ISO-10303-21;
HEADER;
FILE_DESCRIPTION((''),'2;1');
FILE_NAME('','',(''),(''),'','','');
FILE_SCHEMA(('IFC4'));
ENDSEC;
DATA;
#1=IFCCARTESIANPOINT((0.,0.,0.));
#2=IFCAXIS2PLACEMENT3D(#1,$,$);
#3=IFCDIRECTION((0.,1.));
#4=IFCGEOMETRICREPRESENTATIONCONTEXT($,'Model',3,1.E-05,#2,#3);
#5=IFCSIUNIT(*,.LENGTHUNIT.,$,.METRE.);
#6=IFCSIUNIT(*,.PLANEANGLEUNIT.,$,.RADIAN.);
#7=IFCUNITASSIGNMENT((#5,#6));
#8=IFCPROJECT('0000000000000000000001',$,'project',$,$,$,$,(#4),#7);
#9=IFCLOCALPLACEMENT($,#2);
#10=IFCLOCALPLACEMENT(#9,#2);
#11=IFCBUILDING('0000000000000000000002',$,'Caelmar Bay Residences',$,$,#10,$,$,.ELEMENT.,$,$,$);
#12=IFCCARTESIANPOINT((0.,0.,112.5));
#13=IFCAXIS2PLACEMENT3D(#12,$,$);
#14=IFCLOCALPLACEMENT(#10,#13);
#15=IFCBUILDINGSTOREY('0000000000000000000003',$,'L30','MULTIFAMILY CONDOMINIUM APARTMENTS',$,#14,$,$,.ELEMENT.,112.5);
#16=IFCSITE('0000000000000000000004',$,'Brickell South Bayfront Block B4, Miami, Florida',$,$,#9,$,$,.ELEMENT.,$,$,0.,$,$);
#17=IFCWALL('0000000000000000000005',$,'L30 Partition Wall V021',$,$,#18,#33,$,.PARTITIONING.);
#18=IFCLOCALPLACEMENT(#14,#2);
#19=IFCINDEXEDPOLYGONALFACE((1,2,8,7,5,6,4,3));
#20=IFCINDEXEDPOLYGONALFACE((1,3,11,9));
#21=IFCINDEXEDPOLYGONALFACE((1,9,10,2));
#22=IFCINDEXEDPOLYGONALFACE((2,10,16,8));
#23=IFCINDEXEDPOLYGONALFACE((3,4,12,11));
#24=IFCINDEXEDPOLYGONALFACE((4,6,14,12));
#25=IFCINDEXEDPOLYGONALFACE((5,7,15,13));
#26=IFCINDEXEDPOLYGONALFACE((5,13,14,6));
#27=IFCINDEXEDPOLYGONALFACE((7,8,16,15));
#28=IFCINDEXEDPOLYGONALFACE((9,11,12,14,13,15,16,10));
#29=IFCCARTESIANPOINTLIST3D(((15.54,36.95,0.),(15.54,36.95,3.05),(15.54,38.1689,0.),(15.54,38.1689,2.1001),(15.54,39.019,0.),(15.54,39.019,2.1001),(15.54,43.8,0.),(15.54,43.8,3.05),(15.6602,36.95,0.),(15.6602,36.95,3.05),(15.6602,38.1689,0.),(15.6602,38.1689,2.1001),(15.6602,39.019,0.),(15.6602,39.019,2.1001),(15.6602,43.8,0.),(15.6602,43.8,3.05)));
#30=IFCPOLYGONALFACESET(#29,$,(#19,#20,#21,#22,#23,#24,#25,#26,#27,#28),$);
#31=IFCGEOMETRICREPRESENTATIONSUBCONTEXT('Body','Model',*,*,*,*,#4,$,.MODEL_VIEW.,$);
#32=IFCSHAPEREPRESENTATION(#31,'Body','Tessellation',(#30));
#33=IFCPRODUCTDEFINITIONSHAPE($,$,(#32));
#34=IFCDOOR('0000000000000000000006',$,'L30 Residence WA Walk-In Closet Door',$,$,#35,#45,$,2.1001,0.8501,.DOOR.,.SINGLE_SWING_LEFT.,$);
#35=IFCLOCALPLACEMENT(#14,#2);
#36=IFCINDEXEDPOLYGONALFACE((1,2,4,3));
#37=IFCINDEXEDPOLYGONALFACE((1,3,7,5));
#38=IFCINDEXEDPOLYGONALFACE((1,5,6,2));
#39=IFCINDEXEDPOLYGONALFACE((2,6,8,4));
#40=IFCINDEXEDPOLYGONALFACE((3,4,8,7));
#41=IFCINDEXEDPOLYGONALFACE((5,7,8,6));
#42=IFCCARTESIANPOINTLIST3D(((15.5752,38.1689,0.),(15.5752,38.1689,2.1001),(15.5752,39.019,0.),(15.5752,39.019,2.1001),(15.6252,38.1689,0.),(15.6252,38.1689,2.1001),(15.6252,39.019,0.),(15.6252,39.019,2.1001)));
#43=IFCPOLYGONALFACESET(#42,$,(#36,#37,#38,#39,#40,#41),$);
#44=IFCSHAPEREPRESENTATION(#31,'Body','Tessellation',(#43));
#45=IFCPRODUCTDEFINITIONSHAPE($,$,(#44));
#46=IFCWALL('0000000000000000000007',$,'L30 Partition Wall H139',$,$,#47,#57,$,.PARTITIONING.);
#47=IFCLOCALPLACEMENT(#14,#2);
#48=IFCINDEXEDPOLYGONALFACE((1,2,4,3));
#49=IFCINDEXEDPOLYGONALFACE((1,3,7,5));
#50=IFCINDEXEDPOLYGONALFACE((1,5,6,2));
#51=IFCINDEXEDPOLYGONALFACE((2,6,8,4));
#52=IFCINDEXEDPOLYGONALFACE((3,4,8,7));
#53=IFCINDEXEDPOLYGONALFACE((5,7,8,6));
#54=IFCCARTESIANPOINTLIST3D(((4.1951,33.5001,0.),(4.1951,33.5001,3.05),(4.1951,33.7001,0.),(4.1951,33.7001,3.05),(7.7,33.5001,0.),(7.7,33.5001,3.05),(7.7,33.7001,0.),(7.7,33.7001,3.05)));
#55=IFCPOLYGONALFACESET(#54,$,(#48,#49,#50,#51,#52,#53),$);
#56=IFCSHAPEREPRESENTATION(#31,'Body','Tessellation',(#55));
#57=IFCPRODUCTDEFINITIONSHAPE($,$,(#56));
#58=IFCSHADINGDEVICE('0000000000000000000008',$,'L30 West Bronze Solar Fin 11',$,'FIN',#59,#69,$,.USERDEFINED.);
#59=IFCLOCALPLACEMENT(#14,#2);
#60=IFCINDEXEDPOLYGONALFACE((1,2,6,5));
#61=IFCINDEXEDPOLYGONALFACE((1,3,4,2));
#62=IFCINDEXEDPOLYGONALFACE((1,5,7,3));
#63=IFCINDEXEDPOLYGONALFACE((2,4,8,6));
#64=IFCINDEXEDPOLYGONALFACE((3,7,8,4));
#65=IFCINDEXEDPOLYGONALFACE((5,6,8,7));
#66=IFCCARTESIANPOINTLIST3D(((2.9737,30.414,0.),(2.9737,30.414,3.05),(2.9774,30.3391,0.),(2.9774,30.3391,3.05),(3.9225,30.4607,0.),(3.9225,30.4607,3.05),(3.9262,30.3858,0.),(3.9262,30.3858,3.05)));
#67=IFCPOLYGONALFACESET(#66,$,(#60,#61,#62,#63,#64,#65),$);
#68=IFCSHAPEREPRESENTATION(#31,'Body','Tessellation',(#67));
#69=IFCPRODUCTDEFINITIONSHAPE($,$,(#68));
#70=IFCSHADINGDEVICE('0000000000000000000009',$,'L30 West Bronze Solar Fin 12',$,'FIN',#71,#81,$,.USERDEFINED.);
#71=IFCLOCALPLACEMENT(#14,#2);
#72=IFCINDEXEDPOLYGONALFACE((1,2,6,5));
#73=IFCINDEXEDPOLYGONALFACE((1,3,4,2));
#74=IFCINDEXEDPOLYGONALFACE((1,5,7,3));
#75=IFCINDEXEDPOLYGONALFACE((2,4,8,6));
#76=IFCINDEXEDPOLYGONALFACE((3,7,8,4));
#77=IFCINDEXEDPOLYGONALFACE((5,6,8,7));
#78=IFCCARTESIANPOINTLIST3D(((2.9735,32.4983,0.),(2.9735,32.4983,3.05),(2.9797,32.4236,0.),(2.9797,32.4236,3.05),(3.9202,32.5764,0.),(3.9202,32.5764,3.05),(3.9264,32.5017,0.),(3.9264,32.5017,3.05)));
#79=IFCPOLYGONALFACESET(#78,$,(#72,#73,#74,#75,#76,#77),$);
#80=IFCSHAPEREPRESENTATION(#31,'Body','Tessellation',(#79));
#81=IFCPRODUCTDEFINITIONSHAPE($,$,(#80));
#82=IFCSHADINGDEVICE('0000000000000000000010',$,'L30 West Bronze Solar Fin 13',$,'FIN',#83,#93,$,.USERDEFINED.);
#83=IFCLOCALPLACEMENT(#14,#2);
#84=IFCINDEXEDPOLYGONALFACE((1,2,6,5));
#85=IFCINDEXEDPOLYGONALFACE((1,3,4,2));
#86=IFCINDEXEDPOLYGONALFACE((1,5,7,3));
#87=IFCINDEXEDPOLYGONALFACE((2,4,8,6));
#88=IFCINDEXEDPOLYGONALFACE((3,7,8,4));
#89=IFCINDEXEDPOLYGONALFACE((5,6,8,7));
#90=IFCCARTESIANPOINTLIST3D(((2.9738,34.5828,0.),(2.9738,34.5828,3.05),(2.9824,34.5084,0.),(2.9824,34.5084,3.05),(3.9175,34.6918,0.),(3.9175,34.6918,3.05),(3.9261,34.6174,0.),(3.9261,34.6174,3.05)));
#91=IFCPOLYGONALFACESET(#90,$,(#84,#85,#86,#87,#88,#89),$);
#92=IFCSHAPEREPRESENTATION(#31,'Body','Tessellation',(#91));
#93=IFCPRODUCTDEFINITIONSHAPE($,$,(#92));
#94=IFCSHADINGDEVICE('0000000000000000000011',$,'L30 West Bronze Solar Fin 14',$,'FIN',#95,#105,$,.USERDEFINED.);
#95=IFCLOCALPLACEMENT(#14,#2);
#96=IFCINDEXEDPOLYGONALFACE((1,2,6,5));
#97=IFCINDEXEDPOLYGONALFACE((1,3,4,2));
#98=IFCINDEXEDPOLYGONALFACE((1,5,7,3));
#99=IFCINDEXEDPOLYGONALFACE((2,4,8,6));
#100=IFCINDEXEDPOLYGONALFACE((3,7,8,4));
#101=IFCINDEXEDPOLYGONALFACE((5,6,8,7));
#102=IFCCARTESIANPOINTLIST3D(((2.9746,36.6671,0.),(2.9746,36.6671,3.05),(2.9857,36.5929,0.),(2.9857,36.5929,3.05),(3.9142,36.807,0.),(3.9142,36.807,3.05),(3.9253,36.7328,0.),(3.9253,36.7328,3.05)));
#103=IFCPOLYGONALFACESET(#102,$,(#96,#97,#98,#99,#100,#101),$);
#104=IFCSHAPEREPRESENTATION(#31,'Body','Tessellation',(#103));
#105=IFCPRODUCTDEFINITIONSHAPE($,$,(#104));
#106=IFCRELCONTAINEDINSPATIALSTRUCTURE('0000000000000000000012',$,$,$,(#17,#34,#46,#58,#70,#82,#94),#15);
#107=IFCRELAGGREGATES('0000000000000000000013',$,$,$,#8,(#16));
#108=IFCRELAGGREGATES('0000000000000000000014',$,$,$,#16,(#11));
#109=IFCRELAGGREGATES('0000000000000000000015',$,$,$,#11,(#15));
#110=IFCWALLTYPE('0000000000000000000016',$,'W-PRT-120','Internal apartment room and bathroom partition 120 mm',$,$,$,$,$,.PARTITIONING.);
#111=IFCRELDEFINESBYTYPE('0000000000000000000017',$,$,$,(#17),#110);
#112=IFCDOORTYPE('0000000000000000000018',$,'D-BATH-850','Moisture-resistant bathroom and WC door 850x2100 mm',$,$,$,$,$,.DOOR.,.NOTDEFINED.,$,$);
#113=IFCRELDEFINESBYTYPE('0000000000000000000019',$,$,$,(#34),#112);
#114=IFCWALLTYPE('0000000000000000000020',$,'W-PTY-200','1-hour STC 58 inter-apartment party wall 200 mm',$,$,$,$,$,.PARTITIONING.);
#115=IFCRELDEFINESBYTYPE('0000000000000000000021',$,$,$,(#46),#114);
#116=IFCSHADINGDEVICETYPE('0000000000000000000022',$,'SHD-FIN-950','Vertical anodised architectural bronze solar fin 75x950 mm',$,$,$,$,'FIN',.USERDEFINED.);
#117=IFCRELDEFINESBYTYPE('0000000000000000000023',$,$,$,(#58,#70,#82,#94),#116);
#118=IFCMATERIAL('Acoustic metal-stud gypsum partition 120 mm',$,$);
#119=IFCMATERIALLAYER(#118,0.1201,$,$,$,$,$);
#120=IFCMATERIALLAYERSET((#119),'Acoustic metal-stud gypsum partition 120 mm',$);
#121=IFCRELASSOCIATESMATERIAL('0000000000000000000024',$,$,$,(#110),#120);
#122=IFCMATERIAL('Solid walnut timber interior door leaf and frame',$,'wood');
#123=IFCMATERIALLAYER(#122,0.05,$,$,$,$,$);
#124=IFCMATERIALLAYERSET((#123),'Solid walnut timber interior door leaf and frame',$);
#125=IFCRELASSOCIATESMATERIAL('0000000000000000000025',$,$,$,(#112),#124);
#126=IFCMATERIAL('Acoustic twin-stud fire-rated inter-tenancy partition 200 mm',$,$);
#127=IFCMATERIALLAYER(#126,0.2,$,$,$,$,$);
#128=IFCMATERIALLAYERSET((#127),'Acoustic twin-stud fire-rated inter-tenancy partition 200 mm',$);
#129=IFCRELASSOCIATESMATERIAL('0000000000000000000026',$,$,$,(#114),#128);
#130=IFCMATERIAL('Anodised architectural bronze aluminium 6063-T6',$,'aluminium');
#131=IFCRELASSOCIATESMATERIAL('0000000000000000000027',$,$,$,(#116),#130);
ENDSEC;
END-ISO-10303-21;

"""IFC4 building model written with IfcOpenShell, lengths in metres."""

from ifc_helpers import new_model, si_unit, direction, frame, frame_2d, origin, origin_2d, place, context, subcontext, project, spatial, rectangle, extrude, material, layer, layer_set, material_profile, profile_set, type_object, element, fill, save


model = new_model("IFC4")

# Units and contexts
model_context = context("Model", 3, precision=1e-05, world=origin(), true_north=direction((0.0, 1.0)))
body_context = subcontext(model_context, "Body", "Model", "MODEL_VIEW")
ifc_project = project(units=[si_unit("LENGTHUNIT", "METRE"), si_unit("PLANEANGLEUNIT", "RADIAN")], contexts=[model_context])

# Site, building, storey
site_placement = place(None, origin())
site = spatial("IfcSite", under=ifc_project, at=site_placement, Name="Brickell South Bayfront Block B4, Miami, Florida", CompositionType="ELEMENT", RefElevation=0.0)
building_placement = place(site_placement, origin())
building = spatial("IfcBuilding", under=site, at=building_placement, Name="Caelmar Bay Residences", CompositionType="ELEMENT")
storey_placement = place(building_placement, frame((0.0, 0.0, 112.5)))
storey = spatial("IfcBuildingStorey", under=building, at=storey_placement, Name="L30", Description="MULTIFAMILY CONDOMINIUM APARTMENTS", CompositionType="ELEMENT", Elevation=112.5)

# Wall, opening, door
ifc_material_1 = material(Name="Acoustic metal-stud gypsum partition 120 mm")
ifc_layer_1 = layer(ifc_material_1, 0.1201)
ifc_layer_set_1 = layer_set([ifc_layer_1], Name="Acoustic metal-stud gypsum partition 120 mm")
wall_type_1 = type_object("IfcWallType", Name="W-PRT-120", Description="Internal apartment room and bathroom partition 120 mm", PredefinedType="PARTITIONING", material=ifc_layer_set_1)
ifc_material_2 = material(Name="Solid walnut timber interior door leaf and frame", Category="wood")
wall_1_placement = place(storey_placement, frame((15.6001, 36.95, 0.0), z_axis=(0.0, 0.0, 1.0), x_axis=(0.0, 1.0, 0.0)))
wall_1 = element("IfcWall", 1, at=wall_1_placement, inside=storey, type_object=wall_type_1, Name="L30 Partition Wall V021", PredefinedType="PARTITIONING", context=body_context, shape_type="SweptSolid", body=[
    extrude(rectangle(XDim=6.8501, YDim=0.1201, at=frame_2d((3.425, 0.0))), origin(), (0.0, 0.0, 1.0), 3.05),
])
opening_1_placement = place(wall_1_placement, frame((1.219, 0.0, 0.0)))
opening_1 = element("IfcOpeningElement", 2, at=opening_1_placement, cuts=wall_1, PredefinedType="OPENING", context=body_context, shape_type="SweptSolid", body=[
    extrude(rectangle(XDim=0.8501, YDim=2.1001, at=frame_2d((0.425, 1.05))), frame((0.0, 0.0701, 0.0), z_axis=(0.0, -1.0, 0.0), x_axis=(1.0, 0.0, 0.0)), (0.0, 0.0, 1.0), 0.1401),
])
ifc_layer_2 = layer(ifc_material_2, 0.05)
ifc_layer_set_2 = layer_set([ifc_layer_2], Name="Solid walnut timber interior door leaf and frame")
door_type_1 = type_object("IfcDoorType", Name="D-BATH-850", Description="Moisture-resistant bathroom and WC door 850x2100 mm", OperationType="NOTDEFINED", PredefinedType="DOOR", material=ifc_layer_set_2)
door_1_placement = place(opening_1_placement, origin())
door_1 = element("IfcDoor", 3, at=door_1_placement, inside=storey, type_object=door_type_1, Name="L30 Residence WA Walk-In Closet Door", OperationType="SINGLE_SWING_LEFT", OverallHeight=2.1001, OverallWidth=0.8501, PredefinedType="DOOR", context=body_context, shape_type="SweptSolid", body=[
    extrude(rectangle(XDim=0.8501, YDim=2.1001, at=frame_2d((0.425, 1.05))), frame((0.0, 0.0249, 0.0), z_axis=(0.0, -1.0, 0.0), x_axis=(1.0, 0.0, 0.0)), (0.0, 0.0, 1.0), 0.05),
])
fill(opening_1, door_1)

# Wall
ifc_material_3 = material(Name="Acoustic twin-stud fire-rated inter-tenancy partition 200 mm")
ifc_layer_3 = layer(ifc_material_3, 0.2)
ifc_layer_set_3 = layer_set([ifc_layer_3], Name="Acoustic twin-stud fire-rated inter-tenancy partition 200 mm")
wall_type_2 = type_object("IfcWallType", Name="W-PTY-200", Description="1-hour STC 58 inter-apartment party wall 200 mm", PredefinedType="PARTITIONING", material=ifc_layer_set_3)
wall_2_placement = place(storey_placement, frame((4.1951, 33.6001, 0.0), z_axis=(0.0, 0.0, 1.0), x_axis=(1.0, 0.0, 0.0)))
element("IfcWall", 4, at=wall_2_placement, inside=storey, type_object=wall_type_2, Name="L30 Partition Wall H139", PredefinedType="PARTITIONING", context=body_context, shape_type="SweptSolid", body=[
    extrude(rectangle(XDim=3.5049, YDim=0.2, at=frame_2d((1.7524, 0.0))), origin(), (0.0, 0.0, 1.0), 3.05),
])

# Shading devices
ifc_material_4 = material(Name="Anodised architectural bronze aluminium 6063-T6", Category="aluminium")
ifc_material_profile_1 = material_profile(ifc_material_4, rectangle(XDim=0.075, YDim=0.95, at=origin_2d()), Name="BRONZE-FIN-75X950")
ifc_profile_set_1 = profile_set([ifc_material_profile_1], Name="Anodised architectural bronze aluminium 6063-T6")
shading_device_type = type_object("IfcShadingDeviceType", Name="SHD-FIN-950", Description="Vertical anodised architectural bronze solar fin 75x950 mm", ElementType="FIN", PredefinedType="USERDEFINED", material=ifc_profile_set_1)
for number, where, z_axis, x_axis, name in (
    (5, (3.45, 30.3999, 0.0), (0.0, 0.0, 1.0), (-0.049198, 0.998789, 0.0), "L30 West Bronze Solar Fin 11"),
    (6, (3.45, 32.5, 0.0), (0.0, 0.0, 1.0), (-0.082112, 0.996623, 0.0), "L30 West Bronze Solar Fin 12"),
    (7, (3.45, 34.6001, 0.0), (0.0, 0.0, 1.0), (-0.114764, 0.993393, 0.0), "L30 West Bronze Solar Fin 13"),
    (8, (3.45, 36.7, 0.0), (0.0, 0.0, 1.0), (-0.147292, 0.989093, 0.0), "L30 West Bronze Solar Fin 14"),
):
    element("IfcShadingDevice", number, at=place(storey_placement, frame(where, z_axis=z_axis, x_axis=x_axis)), inside=storey, type_object=shading_device_type, Name=name, ObjectType="FIN", PredefinedType="USERDEFINED", context=body_context, shape_type="SweptSolid", body=[
        extrude(rectangle(XDim=0.075, YDim=0.95, at=origin_2d()), origin(), (0.0, 0.0, 1.0), 3.05),
    ])

save(model, "model.ifc")
